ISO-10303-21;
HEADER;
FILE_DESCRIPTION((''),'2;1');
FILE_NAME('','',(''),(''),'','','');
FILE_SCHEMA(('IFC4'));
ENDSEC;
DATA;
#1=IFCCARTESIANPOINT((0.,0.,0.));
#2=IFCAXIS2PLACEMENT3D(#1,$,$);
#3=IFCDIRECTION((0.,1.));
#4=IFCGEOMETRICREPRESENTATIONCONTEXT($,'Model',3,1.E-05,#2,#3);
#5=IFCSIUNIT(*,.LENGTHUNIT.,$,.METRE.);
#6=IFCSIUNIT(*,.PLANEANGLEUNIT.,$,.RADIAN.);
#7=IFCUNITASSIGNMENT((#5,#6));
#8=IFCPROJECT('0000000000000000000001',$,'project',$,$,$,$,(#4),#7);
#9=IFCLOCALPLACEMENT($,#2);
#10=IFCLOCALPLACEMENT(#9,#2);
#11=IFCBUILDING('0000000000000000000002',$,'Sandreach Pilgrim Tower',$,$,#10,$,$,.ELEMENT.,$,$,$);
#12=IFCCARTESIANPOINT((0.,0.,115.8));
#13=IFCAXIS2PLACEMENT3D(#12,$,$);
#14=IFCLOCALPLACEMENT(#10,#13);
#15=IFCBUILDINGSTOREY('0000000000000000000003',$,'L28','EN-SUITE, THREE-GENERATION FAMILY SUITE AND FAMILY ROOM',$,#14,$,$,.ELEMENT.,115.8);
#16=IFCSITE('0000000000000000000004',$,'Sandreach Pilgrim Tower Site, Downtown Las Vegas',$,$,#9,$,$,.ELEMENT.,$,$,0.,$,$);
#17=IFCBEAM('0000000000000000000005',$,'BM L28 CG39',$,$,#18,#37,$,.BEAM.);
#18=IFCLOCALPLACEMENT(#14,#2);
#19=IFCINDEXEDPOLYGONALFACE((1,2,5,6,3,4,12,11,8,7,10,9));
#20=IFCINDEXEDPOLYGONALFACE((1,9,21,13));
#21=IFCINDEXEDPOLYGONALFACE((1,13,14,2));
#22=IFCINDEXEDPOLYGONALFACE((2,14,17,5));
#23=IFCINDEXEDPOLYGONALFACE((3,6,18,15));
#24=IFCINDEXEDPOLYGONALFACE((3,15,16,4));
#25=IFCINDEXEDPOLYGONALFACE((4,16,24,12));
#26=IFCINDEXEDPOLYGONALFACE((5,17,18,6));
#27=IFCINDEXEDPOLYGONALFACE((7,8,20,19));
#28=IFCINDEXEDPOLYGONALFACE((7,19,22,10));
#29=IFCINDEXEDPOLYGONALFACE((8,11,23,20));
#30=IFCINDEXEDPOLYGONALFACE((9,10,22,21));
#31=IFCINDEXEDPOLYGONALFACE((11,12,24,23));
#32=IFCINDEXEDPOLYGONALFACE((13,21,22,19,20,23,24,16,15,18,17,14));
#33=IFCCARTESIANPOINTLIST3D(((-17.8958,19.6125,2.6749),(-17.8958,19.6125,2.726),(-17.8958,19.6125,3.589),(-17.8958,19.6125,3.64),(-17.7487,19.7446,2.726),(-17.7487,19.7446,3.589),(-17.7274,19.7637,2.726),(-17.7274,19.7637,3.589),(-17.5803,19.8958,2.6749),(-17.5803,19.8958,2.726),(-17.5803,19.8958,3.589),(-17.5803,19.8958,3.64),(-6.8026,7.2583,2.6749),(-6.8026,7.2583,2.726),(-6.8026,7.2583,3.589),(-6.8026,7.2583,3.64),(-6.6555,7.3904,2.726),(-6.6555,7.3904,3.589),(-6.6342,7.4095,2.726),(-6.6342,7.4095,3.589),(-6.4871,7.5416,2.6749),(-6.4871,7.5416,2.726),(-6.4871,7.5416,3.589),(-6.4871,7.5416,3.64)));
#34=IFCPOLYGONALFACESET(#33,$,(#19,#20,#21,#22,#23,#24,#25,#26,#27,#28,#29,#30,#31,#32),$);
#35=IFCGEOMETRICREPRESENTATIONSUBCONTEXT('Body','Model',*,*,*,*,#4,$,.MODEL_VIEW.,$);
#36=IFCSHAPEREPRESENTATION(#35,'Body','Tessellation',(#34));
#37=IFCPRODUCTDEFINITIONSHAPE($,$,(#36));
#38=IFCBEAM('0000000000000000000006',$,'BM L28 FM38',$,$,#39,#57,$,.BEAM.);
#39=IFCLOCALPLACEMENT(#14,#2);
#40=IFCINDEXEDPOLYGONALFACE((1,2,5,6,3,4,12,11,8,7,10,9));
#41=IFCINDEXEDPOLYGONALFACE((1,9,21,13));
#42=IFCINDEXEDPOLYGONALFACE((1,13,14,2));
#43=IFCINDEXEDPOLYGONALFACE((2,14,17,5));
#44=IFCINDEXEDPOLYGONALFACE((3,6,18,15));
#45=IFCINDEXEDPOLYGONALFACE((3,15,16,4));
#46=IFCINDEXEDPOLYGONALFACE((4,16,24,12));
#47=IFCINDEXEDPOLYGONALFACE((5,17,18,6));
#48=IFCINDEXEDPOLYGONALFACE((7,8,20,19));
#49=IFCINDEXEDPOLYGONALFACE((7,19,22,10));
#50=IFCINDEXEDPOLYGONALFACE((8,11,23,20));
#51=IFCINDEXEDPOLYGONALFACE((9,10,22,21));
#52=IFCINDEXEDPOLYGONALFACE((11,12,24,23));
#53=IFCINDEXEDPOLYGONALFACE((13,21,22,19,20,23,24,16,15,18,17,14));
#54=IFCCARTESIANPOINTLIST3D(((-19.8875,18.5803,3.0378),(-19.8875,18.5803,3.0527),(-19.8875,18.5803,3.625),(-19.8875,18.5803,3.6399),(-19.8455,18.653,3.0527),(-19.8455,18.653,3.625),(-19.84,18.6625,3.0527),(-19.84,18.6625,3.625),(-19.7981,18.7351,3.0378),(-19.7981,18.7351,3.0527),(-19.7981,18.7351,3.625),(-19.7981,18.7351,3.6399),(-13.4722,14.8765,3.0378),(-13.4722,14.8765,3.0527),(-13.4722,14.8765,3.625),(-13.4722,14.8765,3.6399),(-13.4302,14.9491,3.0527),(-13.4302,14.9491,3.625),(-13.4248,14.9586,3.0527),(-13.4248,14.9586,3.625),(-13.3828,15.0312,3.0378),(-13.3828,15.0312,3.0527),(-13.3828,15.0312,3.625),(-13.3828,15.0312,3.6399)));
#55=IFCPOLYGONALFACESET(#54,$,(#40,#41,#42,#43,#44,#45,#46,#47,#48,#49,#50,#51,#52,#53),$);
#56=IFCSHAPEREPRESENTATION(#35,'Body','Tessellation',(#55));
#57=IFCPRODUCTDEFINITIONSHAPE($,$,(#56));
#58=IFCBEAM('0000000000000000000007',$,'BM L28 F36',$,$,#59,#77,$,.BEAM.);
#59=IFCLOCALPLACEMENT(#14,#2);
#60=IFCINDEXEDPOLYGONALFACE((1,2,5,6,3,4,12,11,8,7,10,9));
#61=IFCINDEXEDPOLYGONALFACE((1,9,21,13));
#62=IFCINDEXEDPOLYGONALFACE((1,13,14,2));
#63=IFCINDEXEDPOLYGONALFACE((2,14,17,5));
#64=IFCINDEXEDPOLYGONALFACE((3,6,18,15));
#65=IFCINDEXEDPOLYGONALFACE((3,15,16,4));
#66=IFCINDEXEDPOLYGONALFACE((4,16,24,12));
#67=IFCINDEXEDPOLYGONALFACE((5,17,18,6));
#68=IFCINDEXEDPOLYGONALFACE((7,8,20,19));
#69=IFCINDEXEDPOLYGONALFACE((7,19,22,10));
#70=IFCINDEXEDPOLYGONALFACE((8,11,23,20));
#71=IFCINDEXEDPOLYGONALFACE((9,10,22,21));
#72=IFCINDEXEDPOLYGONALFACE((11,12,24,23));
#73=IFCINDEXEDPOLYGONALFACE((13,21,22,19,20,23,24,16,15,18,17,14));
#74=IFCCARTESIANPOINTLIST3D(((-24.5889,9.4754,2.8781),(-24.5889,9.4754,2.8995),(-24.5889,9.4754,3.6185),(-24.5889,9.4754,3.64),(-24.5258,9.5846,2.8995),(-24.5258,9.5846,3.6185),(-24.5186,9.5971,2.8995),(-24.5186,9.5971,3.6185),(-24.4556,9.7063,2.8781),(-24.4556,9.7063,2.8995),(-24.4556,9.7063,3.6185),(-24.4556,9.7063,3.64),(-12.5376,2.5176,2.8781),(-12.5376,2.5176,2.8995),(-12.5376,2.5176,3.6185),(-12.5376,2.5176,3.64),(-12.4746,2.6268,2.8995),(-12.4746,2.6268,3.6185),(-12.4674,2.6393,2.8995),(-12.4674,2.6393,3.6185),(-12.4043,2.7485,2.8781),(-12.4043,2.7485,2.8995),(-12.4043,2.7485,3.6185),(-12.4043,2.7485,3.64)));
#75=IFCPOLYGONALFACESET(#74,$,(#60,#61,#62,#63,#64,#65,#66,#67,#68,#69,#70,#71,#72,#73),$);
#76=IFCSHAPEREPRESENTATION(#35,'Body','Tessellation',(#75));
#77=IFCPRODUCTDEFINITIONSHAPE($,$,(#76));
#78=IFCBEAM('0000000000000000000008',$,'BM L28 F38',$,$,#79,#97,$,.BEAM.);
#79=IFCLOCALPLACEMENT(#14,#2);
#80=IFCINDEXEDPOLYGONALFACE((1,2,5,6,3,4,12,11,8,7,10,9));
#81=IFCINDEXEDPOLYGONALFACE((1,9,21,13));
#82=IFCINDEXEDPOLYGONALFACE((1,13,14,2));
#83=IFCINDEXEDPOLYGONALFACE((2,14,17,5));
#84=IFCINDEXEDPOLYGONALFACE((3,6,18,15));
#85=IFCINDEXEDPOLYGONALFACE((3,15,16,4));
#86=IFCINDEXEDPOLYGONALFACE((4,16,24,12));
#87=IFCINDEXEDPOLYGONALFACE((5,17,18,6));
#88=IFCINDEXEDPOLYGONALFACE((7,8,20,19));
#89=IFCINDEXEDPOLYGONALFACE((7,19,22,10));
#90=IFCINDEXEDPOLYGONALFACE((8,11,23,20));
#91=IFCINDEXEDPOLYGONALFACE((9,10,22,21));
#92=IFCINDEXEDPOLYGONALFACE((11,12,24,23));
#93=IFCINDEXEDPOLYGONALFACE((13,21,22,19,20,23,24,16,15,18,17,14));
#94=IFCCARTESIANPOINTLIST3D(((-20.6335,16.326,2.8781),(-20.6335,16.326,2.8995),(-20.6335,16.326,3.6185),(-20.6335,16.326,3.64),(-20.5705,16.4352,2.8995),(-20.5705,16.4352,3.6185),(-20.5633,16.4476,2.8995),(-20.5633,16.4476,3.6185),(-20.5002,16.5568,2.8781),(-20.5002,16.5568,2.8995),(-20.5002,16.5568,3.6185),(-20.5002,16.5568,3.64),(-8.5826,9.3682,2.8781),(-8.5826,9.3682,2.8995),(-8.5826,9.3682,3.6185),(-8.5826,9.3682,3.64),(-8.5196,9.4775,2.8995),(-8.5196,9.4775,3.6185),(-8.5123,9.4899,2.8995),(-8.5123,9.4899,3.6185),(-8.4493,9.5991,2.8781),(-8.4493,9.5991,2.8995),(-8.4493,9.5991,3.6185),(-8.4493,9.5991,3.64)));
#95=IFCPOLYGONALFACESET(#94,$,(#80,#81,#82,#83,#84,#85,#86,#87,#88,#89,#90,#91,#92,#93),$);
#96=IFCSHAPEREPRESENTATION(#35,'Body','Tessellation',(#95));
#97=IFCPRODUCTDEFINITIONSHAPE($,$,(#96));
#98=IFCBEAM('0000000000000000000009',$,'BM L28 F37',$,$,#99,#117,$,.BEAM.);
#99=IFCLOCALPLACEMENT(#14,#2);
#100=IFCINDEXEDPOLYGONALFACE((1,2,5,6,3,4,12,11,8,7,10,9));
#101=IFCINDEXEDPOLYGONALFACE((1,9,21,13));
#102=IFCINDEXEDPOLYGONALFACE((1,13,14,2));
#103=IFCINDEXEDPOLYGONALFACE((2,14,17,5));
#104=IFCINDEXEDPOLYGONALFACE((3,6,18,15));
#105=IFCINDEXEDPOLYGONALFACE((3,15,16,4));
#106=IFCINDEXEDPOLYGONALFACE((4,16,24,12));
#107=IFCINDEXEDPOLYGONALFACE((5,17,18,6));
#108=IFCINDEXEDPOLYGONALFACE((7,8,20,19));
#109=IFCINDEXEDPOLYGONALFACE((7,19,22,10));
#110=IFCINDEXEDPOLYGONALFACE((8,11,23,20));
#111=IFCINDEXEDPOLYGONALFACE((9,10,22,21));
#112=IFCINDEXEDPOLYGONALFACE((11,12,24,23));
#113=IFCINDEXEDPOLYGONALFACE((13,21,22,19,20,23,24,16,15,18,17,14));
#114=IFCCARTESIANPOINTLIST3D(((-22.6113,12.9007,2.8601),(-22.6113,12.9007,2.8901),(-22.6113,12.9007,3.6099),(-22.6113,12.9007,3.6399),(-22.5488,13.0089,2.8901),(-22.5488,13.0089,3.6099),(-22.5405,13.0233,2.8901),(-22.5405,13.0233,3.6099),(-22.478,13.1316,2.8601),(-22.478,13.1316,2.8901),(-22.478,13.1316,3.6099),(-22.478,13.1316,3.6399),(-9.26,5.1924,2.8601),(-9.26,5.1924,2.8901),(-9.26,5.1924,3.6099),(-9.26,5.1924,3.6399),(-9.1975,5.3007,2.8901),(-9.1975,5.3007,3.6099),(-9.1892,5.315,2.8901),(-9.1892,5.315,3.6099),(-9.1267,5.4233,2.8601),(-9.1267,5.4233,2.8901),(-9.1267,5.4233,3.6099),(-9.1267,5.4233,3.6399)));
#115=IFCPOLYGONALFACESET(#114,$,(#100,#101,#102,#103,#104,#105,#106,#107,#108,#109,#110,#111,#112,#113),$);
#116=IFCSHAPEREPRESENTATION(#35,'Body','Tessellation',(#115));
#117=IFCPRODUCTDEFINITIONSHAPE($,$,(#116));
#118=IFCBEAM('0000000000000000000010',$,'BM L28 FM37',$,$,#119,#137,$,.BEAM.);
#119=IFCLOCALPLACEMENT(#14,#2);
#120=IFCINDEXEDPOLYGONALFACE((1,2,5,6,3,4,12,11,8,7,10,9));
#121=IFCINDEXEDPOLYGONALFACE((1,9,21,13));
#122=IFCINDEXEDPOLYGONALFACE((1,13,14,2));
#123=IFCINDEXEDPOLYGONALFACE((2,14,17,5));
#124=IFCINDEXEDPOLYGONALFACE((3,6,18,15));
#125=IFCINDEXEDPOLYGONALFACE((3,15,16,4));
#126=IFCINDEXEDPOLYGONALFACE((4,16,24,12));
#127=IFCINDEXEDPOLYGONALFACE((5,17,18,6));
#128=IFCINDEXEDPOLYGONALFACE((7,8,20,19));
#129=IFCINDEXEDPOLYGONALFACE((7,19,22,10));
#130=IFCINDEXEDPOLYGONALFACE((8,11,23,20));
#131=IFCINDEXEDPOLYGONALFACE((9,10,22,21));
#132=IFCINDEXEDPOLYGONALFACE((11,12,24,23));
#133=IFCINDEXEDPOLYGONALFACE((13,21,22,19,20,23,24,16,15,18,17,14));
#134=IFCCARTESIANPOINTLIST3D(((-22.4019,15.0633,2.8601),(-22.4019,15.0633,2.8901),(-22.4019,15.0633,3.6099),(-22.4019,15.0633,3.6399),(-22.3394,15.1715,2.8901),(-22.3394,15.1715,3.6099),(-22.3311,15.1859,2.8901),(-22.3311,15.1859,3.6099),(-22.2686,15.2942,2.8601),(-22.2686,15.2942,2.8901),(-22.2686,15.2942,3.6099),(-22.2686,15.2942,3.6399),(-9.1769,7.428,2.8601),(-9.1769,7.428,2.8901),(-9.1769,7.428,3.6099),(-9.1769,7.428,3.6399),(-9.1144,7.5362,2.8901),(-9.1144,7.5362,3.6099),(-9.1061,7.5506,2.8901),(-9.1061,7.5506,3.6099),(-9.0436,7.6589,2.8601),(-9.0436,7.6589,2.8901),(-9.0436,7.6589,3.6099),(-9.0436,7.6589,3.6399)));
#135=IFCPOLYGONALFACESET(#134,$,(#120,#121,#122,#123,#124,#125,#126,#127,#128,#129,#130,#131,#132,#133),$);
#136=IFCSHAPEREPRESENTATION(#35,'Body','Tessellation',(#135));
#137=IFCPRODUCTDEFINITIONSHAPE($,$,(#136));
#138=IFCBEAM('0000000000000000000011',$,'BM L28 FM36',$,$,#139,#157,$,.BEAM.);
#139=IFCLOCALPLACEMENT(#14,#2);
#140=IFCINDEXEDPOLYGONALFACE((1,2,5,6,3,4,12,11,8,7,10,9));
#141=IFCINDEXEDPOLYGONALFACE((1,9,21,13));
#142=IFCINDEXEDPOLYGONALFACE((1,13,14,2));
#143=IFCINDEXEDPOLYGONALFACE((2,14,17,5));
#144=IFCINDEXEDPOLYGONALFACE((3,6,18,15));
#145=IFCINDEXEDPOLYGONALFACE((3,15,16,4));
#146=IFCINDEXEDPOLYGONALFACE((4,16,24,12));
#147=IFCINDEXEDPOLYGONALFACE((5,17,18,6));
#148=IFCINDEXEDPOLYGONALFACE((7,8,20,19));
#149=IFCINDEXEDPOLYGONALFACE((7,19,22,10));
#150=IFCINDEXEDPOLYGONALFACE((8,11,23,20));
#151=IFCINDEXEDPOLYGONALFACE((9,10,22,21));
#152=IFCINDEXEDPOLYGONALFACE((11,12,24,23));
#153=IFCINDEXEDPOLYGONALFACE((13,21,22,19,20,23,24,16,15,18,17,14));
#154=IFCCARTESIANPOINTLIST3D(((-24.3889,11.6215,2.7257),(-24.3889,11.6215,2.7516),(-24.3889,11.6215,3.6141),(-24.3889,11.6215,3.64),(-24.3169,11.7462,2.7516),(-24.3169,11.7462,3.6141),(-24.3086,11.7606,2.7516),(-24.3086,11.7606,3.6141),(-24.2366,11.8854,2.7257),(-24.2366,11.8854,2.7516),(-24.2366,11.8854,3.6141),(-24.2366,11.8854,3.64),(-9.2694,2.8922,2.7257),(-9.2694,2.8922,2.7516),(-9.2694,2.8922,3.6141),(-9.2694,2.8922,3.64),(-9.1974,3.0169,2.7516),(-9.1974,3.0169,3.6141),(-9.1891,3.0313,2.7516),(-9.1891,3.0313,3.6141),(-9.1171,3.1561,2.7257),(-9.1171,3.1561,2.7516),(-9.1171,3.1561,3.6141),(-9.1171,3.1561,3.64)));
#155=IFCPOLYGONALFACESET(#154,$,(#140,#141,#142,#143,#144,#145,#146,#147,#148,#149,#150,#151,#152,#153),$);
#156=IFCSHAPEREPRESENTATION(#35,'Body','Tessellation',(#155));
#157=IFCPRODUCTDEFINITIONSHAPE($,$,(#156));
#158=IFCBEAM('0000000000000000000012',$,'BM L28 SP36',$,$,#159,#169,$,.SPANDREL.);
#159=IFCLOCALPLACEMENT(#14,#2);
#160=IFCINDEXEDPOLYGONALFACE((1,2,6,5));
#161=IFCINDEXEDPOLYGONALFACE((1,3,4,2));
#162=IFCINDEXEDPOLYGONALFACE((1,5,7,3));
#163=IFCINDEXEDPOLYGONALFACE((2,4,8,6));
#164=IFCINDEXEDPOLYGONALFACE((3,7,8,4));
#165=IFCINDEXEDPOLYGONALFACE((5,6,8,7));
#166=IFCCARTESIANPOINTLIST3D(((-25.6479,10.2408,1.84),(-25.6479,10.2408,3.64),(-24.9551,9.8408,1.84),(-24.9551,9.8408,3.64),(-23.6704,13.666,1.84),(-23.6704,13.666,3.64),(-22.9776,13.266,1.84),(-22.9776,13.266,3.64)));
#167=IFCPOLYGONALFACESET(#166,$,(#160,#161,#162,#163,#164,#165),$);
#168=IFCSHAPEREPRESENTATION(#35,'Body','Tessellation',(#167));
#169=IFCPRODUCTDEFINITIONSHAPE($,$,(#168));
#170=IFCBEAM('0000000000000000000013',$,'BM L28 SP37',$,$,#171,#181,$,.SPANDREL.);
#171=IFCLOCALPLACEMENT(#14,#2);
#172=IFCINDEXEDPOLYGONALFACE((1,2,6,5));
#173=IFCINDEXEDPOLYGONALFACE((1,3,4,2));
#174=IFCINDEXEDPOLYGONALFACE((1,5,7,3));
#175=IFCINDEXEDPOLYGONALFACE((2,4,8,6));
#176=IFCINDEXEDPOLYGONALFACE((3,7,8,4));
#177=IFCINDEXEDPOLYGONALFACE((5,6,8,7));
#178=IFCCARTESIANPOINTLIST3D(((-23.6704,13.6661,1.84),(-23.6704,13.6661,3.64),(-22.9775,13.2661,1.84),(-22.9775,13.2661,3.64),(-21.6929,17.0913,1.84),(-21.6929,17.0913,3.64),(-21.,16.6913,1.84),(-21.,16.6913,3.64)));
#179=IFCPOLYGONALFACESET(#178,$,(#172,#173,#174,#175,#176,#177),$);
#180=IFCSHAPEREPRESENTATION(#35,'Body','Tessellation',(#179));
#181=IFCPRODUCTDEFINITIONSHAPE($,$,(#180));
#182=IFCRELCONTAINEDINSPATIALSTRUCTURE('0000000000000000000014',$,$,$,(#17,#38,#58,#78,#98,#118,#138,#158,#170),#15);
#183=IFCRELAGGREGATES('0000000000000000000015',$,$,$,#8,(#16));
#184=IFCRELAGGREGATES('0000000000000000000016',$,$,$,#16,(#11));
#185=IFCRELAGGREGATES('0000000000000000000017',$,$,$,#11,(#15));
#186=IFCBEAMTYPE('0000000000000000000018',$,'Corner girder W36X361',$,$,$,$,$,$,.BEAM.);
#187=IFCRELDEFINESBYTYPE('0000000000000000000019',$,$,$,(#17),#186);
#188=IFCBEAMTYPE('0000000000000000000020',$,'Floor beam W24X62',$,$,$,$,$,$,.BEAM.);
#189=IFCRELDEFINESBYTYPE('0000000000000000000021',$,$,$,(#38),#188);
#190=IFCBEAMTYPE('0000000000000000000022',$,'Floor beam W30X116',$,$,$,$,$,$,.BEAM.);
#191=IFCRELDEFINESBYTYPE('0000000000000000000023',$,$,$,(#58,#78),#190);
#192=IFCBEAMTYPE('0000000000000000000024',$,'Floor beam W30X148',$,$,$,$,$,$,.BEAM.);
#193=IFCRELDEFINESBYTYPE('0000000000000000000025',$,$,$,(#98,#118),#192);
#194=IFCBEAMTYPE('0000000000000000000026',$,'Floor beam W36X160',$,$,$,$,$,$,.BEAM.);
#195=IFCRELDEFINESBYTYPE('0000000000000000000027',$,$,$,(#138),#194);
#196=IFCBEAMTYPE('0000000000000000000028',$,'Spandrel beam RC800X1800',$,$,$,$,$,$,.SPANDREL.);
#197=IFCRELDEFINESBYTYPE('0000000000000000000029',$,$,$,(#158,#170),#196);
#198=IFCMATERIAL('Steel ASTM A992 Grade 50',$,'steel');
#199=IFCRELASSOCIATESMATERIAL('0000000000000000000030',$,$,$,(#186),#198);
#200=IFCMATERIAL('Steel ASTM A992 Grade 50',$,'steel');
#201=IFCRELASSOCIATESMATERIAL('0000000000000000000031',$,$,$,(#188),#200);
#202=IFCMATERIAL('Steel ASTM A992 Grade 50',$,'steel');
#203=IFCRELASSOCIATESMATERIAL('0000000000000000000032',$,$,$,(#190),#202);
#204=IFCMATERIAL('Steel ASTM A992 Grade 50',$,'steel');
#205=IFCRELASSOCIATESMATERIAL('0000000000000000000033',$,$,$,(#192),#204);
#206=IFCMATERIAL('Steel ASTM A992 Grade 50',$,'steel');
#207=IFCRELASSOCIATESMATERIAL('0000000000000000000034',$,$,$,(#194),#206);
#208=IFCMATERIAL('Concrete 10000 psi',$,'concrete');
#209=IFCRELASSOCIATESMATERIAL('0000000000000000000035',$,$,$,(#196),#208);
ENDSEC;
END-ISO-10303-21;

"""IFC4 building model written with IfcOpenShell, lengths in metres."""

from ifc_helpers import new_model, si_unit, direction, frame, origin, origin_2d, place, context, subcontext, project, spatial, rectangle, i_section, extrude, material, material_profile, profile_set, type_object, element, save


model = new_model("IFC4")

# Units and contexts
model_context = context("Model", 3, precision=1e-05, world=origin(), true_north=direction((0.0, 1.0)))
body_context = subcontext(model_context, "Body", "Model", "MODEL_VIEW")
ifc_project = project(units=[si_unit("LENGTHUNIT", "METRE"), si_unit("PLANEANGLEUNIT", "RADIAN")], contexts=[model_context])

# Site, building, storey
site_placement = place(None, origin())
site = spatial("IfcSite", under=ifc_project, at=site_placement, Name="Sandreach Pilgrim Tower Site, Downtown Las Vegas", CompositionType="ELEMENT", RefElevation=0.0)
building_placement = place(site_placement, origin())
building = spatial("IfcBuilding", under=site, at=building_placement, Name="Sandreach Pilgrim Tower", CompositionType="ELEMENT")
storey_placement = place(building_placement, frame((0.0, 0.0, 115.8)))
storey = spatial("IfcBuildingStorey", under=building, at=storey_placement, Name="L28", Description="EN-SUITE, THREE-GENERATION FAMILY SUITE AND FAMILY ROOM", CompositionType="ELEMENT", Elevation=115.8)

# Beams
ifc_material_1 = material(Name="Steel ASTM A992 Grade 50", Category="steel")
ifc_material_profile_1 = material_profile(ifc_material_1, i_section(OverallWidth=0.4241, OverallDepth=0.9651, WebThickness=0.0286, FlangeThickness=0.051, at=origin_2d()), Name="W36X361")
ifc_profile_set_1 = profile_set([ifc_material_profile_1], Name="Steel ASTM A992 Grade 50")
beam_type_1 = type_object("IfcBeamType", Name="Corner girder W36X361", PredefinedType="BEAM", material=ifc_profile_set_1)
beam_1_placement = place(storey_placement, frame((-17.738, 19.7542, 3.1575), z_axis=(0.668114, -0.744059, 0.0), x_axis=(0.744059, 0.668114, 0.0)))
element("IfcBeam", 1, at=beam_1_placement, inside=storey, type_object=beam_type_1, Name="BM L28 CG39", PredefinedType="BEAM", context=body_context, shape_type="SweptSolid", body=[
    extrude(i_section(OverallWidth=0.4241, OverallDepth=0.9651, WebThickness=0.0286, FlangeThickness=0.051, at=origin_2d()), origin(), (0.0, 0.0, 1.0), 16.6038),
])
ifc_material_2 = material(Name="Steel ASTM A992 Grade 50", Category="steel")
ifc_material_profile_2 = material_profile(ifc_material_2, i_section(OverallWidth=0.1787, OverallDepth=0.6021, WebThickness=0.011, FlangeThickness=0.0149, at=origin_2d()), Name="W24X62")
ifc_profile_set_2 = profile_set([ifc_material_profile_2], Name="Steel ASTM A992 Grade 50")
beam_type_2 = type_object("IfcBeamType", Name="Floor beam W24X62", PredefinedType="BEAM", material=ifc_profile_set_2)
beam_2_placement = place(storey_placement, frame((-19.8428, 18.6577, 3.3389), z_axis=(0.866026, -0.499999, 0.0), x_axis=(0.499999, 0.866026, 0.0)))
element("IfcBeam", 2, at=beam_2_placement, inside=storey, type_object=beam_type_2, Name="BM L28 FM38", PredefinedType="BEAM", context=body_context, shape_type="SweptSolid", body=[
    extrude(i_section(OverallWidth=0.1787, OverallDepth=0.6021, WebThickness=0.011, FlangeThickness=0.0149, at=origin_2d()), origin(), (0.0, 0.0, 1.0), 7.4077),
])
ifc_material_3 = material(Name="Steel ASTM A992 Grade 50", Category="steel")
ifc_material_profile_3 = material_profile(ifc_material_3, i_section(OverallWidth=0.2666, OverallDepth=0.762, WebThickness=0.0144, FlangeThickness=0.0215, at=origin_2d()), Name="W30X116")
ifc_profile_set_3 = profile_set([ifc_material_profile_3], Name="Steel ASTM A992 Grade 50")
beam_type_3 = type_object("IfcBeamType", Name="Floor beam W30X116", PredefinedType="BEAM", material=ifc_profile_set_3)
beam_3_placement = place(storey_placement, frame((-24.5222, 9.5908, 3.259), z_axis=(0.866027, -0.499998, 0.0), x_axis=(0.499998, 0.866027, 0.0)))
element("IfcBeam", 3, at=beam_3_placement, inside=storey, type_object=beam_type_3, Name="BM L28 F36", PredefinedType="BEAM", context=body_context, shape_type="SweptSolid", body=[
    extrude(i_section(OverallWidth=0.2666, OverallDepth=0.762, WebThickness=0.0144, FlangeThickness=0.0215, at=origin_2d()), origin(), (0.0, 0.0, 1.0), 13.9155),
])
beam_4_placement = place(storey_placement, frame((-20.5669, 16.4414, 3.259), z_axis=(0.866022, -0.500005, 0.0), x_axis=(0.500005, 0.866022, 0.0)))
element("IfcBeam", 4, at=beam_4_placement, inside=storey, type_object=beam_type_3, Name="BM L28 F38", PredefinedType="BEAM", context=body_context, shape_type="SweptSolid", body=[
    extrude(i_section(OverallWidth=0.2666, OverallDepth=0.762, WebThickness=0.0144, FlangeThickness=0.0215, at=origin_2d()), origin(), (0.0, 0.0, 1.0), 13.9153),
])
ifc_material_4 = material(Name="Steel ASTM A992 Grade 50", Category="steel")
ifc_material_profile_4 = material_profile(ifc_material_4, i_section(OverallWidth=0.2666, OverallDepth=0.7798, WebThickness=0.0166, FlangeThickness=0.03, at=origin_2d()), Name="W30X148")
ifc_profile_set_4 = profile_set([ifc_material_profile_4], Name="Steel ASTM A992 Grade 50")
beam_type_4 = type_object("IfcBeamType", Name="Floor beam W30X148", PredefinedType="BEAM", material=ifc_profile_set_4)
beam_5_placement = place(storey_placement, frame((-22.5447, 13.0161, 3.25), z_axis=(0.866029, -0.499993, 0.0), x_axis=(0.499993, 0.866029, 0.0)))
element("IfcBeam", 5, at=beam_5_placement, inside=storey, type_object=beam_type_4, Name="BM L28 F37", PredefinedType="BEAM", context=body_context, shape_type="SweptSolid", body=[
    extrude(i_section(OverallWidth=0.2666, OverallDepth=0.7798, WebThickness=0.0166, FlangeThickness=0.03, at=origin_2d()), origin(), (0.0, 0.0, 1.0), 15.4167),
])
beam_6_placement = place(storey_placement, frame((-22.3352, 15.1787, 3.25), z_axis=(0.866029, -0.499994, 0.0), x_axis=(0.499994, 0.866029, 0.0)))
element("IfcBeam", 6, at=beam_6_placement, inside=storey, type_object=beam_type_4, Name="BM L28 FM37", PredefinedType="BEAM", context=body_context, shape_type="SweptSolid", body=[
    extrude(i_section(OverallWidth=0.2666, OverallDepth=0.7798, WebThickness=0.0166, FlangeThickness=0.03, at=origin_2d()), origin(), (0.0, 0.0, 1.0), 15.2708),
])
ifc_material_5 = material(Name="Steel ASTM A992 Grade 50", Category="steel")
ifc_material_profile_5 = material_profile(ifc_material_5, i_section(OverallWidth=0.3047, OverallDepth=0.9143, WebThickness=0.0166, FlangeThickness=0.0259, at=origin_2d()), Name="W36X160")
ifc_profile_set_5 = profile_set([ifc_material_profile_5], Name="Steel ASTM A992 Grade 50")
beam_type_5 = type_object("IfcBeamType", Name="Floor beam W36X160", PredefinedType="BEAM", material=ifc_profile_set_5)
beam_7_placement = place(storey_placement, frame((-24.3127, 11.7534, 3.1829), z_axis=(0.866024, -0.500003, 0.0), x_axis=(0.500003, 0.866024, 0.0)))
element("IfcBeam", 7, at=beam_7_placement, inside=storey, type_object=beam_type_5, Name="BM L28 FM36", PredefinedType="BEAM", context=body_context, shape_type="SweptSolid", body=[
    extrude(i_section(OverallWidth=0.3047, OverallDepth=0.9143, WebThickness=0.0166, FlangeThickness=0.0259, at=origin_2d()), origin(), (0.0, 0.0, 1.0), 17.4585),
])
ifc_material_6 = material(Name="Concrete 10000 psi", Category="concrete")
ifc_material_profile_6 = material_profile(ifc_material_6, rectangle(XDim=0.8, YDim=1.8, at=origin_2d()), Name="RC800X1800")
ifc_profile_set_6 = profile_set([ifc_material_profile_6], Name="Concrete 10000 psi")
beam_type_6 = type_object("IfcBeamType", Name="Spandrel beam RC800X1800", PredefinedType="SPANDREL", material=ifc_profile_set_6)
for number, where, z_axis, x_axis, name in (
    (8, (-25.3015, 10.0408, 2.74), (0.49999, 0.866031, 0.0), (-0.866031, 0.49999, 0.0), "BM L28 SP36"),
    (9, (-23.324, 13.4661, 2.74), (0.49999, 0.866031, 0.0), (-0.866031, 0.49999, 0.0), "BM L28 SP37"),
):
    element("IfcBeam", number, at=place(storey_placement, frame(where, z_axis=z_axis, x_axis=x_axis)), inside=storey, type_object=beam_type_6, Name=name, PredefinedType="SPANDREL", context=body_context, shape_type="SweptSolid", body=[
        extrude(rectangle(XDim=0.8, YDim=1.8, at=origin_2d()), origin(), (0.0, 0.0, 1.0), 3.9551),
    ])

save(model, "model.ifc")
